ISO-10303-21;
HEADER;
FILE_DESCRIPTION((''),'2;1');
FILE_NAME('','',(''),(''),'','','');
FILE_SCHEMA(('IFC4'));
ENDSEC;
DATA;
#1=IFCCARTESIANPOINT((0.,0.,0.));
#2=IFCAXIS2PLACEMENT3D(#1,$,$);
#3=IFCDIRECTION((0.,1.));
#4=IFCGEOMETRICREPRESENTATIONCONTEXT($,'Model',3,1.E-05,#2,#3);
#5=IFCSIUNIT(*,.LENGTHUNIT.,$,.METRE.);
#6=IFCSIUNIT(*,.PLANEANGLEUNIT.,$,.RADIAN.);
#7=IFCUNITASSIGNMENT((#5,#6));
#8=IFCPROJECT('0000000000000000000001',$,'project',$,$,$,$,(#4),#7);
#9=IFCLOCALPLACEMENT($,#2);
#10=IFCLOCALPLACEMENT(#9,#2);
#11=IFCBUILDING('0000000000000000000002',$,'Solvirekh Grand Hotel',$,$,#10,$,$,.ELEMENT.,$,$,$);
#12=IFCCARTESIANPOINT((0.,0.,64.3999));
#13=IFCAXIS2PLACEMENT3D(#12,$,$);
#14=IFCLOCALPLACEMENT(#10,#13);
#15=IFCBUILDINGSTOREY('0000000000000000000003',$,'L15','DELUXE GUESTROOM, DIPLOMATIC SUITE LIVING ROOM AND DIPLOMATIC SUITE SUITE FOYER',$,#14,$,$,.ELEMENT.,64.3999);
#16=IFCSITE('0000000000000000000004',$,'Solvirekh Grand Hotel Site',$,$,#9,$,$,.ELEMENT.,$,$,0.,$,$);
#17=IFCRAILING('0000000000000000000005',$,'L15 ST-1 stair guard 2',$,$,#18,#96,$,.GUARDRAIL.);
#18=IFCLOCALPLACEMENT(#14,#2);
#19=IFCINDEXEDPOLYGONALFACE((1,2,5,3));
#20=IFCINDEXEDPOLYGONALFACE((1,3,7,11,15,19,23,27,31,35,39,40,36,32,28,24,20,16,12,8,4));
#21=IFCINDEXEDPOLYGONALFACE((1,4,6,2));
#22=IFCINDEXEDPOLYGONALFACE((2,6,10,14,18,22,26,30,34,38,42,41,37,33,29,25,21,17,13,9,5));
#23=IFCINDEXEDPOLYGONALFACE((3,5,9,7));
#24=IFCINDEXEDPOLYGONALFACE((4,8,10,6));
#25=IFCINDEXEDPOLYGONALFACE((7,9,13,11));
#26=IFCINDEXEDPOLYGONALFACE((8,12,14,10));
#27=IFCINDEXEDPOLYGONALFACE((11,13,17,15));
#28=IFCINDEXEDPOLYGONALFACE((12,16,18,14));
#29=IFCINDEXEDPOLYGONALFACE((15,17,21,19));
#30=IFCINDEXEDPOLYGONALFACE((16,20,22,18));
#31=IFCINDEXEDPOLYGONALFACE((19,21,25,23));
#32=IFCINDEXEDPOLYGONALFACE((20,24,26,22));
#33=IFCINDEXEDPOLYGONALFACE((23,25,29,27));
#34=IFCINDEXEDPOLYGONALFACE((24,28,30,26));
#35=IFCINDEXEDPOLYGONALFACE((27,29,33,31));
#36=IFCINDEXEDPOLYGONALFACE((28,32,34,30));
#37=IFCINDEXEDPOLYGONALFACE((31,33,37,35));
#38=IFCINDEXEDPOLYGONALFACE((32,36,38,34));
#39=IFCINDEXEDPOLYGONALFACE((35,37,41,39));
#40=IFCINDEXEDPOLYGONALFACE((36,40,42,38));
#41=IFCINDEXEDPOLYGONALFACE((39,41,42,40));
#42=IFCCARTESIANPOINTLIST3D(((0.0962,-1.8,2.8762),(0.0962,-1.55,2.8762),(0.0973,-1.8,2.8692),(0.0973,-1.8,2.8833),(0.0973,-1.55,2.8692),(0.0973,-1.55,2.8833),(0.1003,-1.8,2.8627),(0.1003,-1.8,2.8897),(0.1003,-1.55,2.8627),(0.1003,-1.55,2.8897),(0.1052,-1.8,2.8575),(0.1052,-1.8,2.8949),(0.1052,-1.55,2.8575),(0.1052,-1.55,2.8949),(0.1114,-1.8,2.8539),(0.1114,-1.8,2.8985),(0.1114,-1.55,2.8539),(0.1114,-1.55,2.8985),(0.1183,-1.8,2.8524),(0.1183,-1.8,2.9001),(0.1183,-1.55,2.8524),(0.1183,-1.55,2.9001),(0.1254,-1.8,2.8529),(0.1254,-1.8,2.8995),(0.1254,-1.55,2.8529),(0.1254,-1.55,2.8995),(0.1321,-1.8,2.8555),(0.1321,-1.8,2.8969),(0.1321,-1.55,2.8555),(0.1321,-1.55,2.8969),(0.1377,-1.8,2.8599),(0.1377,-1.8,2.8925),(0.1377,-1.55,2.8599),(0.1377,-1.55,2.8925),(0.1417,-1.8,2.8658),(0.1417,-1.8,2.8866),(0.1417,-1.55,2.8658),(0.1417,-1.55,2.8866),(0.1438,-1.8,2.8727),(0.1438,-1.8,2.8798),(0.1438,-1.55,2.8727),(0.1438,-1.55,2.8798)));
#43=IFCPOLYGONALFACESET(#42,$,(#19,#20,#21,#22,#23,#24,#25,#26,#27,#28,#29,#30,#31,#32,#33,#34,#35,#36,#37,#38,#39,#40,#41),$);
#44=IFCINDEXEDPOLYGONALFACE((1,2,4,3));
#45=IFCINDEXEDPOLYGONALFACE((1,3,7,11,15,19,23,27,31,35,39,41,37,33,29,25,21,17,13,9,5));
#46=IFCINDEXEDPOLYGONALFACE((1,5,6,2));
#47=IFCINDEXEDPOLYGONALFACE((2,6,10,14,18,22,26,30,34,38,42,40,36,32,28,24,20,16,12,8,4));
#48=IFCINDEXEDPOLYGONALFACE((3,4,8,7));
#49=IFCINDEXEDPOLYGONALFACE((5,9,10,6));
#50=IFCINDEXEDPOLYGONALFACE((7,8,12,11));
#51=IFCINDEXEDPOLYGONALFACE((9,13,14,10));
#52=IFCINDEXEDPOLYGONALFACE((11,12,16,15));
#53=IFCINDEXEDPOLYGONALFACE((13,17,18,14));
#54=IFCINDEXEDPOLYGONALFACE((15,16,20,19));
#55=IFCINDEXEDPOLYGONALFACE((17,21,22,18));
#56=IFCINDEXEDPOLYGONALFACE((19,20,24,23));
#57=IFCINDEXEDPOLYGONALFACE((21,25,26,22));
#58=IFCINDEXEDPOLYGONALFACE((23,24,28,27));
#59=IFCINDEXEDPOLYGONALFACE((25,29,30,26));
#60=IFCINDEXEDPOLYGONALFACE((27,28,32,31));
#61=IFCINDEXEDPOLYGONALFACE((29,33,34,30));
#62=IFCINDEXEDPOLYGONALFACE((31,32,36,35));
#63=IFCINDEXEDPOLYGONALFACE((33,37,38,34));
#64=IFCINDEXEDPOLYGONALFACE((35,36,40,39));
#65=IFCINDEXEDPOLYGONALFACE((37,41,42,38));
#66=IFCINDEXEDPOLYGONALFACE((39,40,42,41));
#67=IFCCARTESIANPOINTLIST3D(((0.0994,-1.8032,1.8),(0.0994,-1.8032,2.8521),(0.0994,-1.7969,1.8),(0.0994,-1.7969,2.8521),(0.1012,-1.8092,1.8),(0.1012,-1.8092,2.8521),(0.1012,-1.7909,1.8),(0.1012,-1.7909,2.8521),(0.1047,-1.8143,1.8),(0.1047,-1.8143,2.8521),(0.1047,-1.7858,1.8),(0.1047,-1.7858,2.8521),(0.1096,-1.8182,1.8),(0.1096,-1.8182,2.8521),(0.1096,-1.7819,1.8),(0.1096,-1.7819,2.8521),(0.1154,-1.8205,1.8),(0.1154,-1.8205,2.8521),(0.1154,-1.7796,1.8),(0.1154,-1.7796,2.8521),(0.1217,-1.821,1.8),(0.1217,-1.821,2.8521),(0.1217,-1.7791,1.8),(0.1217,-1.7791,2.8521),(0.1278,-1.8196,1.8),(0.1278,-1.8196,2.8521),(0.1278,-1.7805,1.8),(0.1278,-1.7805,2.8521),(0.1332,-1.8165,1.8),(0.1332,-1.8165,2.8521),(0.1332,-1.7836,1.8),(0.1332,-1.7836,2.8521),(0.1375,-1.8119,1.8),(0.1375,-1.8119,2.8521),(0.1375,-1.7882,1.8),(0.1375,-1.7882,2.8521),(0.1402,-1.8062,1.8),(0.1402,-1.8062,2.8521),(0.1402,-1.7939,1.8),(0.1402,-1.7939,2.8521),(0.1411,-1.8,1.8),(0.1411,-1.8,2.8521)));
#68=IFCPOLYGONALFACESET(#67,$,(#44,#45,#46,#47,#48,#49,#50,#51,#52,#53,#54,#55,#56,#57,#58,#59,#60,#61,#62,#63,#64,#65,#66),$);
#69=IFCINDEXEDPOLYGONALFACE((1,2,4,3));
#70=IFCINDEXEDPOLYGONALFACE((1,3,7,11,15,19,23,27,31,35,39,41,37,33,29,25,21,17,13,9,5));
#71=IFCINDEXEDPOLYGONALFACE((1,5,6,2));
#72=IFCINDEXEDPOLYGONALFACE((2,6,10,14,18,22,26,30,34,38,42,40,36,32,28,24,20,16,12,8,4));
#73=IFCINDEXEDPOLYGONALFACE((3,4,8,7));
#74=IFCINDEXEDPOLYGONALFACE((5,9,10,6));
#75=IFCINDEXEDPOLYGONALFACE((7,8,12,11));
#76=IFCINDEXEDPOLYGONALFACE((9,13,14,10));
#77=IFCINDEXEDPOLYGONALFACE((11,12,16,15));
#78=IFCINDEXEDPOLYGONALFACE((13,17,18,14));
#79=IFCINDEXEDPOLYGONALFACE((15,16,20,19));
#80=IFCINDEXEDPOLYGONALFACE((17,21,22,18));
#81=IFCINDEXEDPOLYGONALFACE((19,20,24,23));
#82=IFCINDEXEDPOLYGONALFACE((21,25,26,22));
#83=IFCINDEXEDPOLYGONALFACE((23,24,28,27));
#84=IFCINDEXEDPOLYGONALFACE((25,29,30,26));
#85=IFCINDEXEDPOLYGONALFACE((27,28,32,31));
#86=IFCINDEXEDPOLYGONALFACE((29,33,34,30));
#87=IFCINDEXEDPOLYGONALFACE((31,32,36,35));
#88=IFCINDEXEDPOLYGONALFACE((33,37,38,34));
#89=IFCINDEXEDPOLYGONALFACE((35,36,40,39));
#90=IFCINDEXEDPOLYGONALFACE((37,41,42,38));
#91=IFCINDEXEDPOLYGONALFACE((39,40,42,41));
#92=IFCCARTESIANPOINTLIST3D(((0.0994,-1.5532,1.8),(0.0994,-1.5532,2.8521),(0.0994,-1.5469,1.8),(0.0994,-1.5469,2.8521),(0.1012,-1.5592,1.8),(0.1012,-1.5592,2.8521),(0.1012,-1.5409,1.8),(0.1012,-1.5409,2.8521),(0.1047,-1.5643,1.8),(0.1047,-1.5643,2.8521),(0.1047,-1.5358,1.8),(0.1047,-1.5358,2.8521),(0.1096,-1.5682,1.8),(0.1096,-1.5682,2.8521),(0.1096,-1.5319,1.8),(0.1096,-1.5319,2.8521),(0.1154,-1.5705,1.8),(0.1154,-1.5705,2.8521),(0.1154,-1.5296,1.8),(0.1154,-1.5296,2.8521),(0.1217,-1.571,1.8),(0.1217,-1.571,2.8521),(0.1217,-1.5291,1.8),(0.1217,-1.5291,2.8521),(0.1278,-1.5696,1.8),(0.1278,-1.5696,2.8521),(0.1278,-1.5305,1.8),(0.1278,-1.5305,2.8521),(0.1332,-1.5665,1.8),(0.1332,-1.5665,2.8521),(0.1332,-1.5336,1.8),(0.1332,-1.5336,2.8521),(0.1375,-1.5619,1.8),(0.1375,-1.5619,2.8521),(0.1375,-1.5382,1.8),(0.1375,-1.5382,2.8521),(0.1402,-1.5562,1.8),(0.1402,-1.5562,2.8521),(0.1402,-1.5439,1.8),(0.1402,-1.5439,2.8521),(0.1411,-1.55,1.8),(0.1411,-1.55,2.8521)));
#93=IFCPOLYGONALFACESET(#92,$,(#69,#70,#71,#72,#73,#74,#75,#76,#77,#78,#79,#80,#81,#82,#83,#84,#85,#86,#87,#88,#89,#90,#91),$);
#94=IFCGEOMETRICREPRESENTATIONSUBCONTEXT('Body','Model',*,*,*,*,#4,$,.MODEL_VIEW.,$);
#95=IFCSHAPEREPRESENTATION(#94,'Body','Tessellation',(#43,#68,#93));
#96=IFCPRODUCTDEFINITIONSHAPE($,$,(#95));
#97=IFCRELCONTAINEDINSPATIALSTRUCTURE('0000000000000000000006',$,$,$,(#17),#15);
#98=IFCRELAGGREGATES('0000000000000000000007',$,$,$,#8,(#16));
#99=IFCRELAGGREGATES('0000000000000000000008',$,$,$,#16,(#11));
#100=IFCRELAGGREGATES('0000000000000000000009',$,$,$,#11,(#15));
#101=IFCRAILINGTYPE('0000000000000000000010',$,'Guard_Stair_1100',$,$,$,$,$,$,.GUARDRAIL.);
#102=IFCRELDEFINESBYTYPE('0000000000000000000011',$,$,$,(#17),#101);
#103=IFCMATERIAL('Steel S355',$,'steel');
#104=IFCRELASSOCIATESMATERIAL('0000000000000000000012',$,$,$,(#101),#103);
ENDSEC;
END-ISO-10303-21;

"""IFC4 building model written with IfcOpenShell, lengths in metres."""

from ifc_helpers import new_model, si_unit, direction, frame, origin, origin_2d, place, context, subcontext, project, spatial, circle, extrude, material, type_object, element, save


model = new_model("IFC4")

# Units and contexts
model_context = context("Model", 3, precision=1e-05, world=origin(), true_north=direction((0.0, 1.0)))
body_context = subcontext(model_context, "Body", "Model", "MODEL_VIEW")
ifc_project = project(units=[si_unit("LENGTHUNIT", "METRE"), si_unit("PLANEANGLEUNIT", "RADIAN")], contexts=[model_context])

# Site, building, storey
site_placement = place(None, origin())
site = spatial("IfcSite", under=ifc_project, at=site_placement, Name="Solvirekh Grand Hotel Site", CompositionType="ELEMENT", RefElevation=0.0)
building_placement = place(site_placement, origin())
building = spatial("IfcBuilding", under=site, at=building_placement, Name="Solvirekh Grand Hotel", CompositionType="ELEMENT")
storey_placement = place(building_placement, frame((0.0, 0.0, 64.3999)))
storey = spatial("IfcBuildingStorey", under=building, at=storey_placement, Name="L15", Description="DELUXE GUESTROOM, DIPLOMATIC SUITE LIVING ROOM AND DIPLOMATIC SUITE SUITE FOYER", CompositionType="ELEMENT", Elevation=64.3999)

# Shared definitions
ifc_material_1 = material(Name="Steel S355", Category="steel")

# Railing
railing_type_1 = type_object("IfcRailingType", Name="Guard_Stair_1100", PredefinedType="GUARDRAIL", material=ifc_material_1)
railing_1_placement = place(storey_placement, frame((0.1201, -1.8, 1.8)))
element("IfcRailing", 1, at=railing_1_placement, inside=storey, type_object=railing_type_1, Name="L15 ST-1 stair guard 2", PredefinedType="GUARDRAIL", context=body_context, shape_type="SweptSolid", body=[
    extrude(circle(Radius=0.0239, at=origin_2d()), frame((0.0, 0.0, 1.0762), z_axis=(0.0, 1.0, 0.0), x_axis=(-1.0, 0.0, 0.0)), (0.0, 0.0, 1.0), 0.25),
    extrude(circle(Radius=0.021, at=origin_2d()), origin(), (0.0, 0.0, 1.0), 1.052),
    extrude(circle(Radius=0.021, at=origin_2d()), frame((0.0, 0.25, 0.0)), (0.0, 0.0, 1.0), 1.052),
])

save(model, "model.ifc")
